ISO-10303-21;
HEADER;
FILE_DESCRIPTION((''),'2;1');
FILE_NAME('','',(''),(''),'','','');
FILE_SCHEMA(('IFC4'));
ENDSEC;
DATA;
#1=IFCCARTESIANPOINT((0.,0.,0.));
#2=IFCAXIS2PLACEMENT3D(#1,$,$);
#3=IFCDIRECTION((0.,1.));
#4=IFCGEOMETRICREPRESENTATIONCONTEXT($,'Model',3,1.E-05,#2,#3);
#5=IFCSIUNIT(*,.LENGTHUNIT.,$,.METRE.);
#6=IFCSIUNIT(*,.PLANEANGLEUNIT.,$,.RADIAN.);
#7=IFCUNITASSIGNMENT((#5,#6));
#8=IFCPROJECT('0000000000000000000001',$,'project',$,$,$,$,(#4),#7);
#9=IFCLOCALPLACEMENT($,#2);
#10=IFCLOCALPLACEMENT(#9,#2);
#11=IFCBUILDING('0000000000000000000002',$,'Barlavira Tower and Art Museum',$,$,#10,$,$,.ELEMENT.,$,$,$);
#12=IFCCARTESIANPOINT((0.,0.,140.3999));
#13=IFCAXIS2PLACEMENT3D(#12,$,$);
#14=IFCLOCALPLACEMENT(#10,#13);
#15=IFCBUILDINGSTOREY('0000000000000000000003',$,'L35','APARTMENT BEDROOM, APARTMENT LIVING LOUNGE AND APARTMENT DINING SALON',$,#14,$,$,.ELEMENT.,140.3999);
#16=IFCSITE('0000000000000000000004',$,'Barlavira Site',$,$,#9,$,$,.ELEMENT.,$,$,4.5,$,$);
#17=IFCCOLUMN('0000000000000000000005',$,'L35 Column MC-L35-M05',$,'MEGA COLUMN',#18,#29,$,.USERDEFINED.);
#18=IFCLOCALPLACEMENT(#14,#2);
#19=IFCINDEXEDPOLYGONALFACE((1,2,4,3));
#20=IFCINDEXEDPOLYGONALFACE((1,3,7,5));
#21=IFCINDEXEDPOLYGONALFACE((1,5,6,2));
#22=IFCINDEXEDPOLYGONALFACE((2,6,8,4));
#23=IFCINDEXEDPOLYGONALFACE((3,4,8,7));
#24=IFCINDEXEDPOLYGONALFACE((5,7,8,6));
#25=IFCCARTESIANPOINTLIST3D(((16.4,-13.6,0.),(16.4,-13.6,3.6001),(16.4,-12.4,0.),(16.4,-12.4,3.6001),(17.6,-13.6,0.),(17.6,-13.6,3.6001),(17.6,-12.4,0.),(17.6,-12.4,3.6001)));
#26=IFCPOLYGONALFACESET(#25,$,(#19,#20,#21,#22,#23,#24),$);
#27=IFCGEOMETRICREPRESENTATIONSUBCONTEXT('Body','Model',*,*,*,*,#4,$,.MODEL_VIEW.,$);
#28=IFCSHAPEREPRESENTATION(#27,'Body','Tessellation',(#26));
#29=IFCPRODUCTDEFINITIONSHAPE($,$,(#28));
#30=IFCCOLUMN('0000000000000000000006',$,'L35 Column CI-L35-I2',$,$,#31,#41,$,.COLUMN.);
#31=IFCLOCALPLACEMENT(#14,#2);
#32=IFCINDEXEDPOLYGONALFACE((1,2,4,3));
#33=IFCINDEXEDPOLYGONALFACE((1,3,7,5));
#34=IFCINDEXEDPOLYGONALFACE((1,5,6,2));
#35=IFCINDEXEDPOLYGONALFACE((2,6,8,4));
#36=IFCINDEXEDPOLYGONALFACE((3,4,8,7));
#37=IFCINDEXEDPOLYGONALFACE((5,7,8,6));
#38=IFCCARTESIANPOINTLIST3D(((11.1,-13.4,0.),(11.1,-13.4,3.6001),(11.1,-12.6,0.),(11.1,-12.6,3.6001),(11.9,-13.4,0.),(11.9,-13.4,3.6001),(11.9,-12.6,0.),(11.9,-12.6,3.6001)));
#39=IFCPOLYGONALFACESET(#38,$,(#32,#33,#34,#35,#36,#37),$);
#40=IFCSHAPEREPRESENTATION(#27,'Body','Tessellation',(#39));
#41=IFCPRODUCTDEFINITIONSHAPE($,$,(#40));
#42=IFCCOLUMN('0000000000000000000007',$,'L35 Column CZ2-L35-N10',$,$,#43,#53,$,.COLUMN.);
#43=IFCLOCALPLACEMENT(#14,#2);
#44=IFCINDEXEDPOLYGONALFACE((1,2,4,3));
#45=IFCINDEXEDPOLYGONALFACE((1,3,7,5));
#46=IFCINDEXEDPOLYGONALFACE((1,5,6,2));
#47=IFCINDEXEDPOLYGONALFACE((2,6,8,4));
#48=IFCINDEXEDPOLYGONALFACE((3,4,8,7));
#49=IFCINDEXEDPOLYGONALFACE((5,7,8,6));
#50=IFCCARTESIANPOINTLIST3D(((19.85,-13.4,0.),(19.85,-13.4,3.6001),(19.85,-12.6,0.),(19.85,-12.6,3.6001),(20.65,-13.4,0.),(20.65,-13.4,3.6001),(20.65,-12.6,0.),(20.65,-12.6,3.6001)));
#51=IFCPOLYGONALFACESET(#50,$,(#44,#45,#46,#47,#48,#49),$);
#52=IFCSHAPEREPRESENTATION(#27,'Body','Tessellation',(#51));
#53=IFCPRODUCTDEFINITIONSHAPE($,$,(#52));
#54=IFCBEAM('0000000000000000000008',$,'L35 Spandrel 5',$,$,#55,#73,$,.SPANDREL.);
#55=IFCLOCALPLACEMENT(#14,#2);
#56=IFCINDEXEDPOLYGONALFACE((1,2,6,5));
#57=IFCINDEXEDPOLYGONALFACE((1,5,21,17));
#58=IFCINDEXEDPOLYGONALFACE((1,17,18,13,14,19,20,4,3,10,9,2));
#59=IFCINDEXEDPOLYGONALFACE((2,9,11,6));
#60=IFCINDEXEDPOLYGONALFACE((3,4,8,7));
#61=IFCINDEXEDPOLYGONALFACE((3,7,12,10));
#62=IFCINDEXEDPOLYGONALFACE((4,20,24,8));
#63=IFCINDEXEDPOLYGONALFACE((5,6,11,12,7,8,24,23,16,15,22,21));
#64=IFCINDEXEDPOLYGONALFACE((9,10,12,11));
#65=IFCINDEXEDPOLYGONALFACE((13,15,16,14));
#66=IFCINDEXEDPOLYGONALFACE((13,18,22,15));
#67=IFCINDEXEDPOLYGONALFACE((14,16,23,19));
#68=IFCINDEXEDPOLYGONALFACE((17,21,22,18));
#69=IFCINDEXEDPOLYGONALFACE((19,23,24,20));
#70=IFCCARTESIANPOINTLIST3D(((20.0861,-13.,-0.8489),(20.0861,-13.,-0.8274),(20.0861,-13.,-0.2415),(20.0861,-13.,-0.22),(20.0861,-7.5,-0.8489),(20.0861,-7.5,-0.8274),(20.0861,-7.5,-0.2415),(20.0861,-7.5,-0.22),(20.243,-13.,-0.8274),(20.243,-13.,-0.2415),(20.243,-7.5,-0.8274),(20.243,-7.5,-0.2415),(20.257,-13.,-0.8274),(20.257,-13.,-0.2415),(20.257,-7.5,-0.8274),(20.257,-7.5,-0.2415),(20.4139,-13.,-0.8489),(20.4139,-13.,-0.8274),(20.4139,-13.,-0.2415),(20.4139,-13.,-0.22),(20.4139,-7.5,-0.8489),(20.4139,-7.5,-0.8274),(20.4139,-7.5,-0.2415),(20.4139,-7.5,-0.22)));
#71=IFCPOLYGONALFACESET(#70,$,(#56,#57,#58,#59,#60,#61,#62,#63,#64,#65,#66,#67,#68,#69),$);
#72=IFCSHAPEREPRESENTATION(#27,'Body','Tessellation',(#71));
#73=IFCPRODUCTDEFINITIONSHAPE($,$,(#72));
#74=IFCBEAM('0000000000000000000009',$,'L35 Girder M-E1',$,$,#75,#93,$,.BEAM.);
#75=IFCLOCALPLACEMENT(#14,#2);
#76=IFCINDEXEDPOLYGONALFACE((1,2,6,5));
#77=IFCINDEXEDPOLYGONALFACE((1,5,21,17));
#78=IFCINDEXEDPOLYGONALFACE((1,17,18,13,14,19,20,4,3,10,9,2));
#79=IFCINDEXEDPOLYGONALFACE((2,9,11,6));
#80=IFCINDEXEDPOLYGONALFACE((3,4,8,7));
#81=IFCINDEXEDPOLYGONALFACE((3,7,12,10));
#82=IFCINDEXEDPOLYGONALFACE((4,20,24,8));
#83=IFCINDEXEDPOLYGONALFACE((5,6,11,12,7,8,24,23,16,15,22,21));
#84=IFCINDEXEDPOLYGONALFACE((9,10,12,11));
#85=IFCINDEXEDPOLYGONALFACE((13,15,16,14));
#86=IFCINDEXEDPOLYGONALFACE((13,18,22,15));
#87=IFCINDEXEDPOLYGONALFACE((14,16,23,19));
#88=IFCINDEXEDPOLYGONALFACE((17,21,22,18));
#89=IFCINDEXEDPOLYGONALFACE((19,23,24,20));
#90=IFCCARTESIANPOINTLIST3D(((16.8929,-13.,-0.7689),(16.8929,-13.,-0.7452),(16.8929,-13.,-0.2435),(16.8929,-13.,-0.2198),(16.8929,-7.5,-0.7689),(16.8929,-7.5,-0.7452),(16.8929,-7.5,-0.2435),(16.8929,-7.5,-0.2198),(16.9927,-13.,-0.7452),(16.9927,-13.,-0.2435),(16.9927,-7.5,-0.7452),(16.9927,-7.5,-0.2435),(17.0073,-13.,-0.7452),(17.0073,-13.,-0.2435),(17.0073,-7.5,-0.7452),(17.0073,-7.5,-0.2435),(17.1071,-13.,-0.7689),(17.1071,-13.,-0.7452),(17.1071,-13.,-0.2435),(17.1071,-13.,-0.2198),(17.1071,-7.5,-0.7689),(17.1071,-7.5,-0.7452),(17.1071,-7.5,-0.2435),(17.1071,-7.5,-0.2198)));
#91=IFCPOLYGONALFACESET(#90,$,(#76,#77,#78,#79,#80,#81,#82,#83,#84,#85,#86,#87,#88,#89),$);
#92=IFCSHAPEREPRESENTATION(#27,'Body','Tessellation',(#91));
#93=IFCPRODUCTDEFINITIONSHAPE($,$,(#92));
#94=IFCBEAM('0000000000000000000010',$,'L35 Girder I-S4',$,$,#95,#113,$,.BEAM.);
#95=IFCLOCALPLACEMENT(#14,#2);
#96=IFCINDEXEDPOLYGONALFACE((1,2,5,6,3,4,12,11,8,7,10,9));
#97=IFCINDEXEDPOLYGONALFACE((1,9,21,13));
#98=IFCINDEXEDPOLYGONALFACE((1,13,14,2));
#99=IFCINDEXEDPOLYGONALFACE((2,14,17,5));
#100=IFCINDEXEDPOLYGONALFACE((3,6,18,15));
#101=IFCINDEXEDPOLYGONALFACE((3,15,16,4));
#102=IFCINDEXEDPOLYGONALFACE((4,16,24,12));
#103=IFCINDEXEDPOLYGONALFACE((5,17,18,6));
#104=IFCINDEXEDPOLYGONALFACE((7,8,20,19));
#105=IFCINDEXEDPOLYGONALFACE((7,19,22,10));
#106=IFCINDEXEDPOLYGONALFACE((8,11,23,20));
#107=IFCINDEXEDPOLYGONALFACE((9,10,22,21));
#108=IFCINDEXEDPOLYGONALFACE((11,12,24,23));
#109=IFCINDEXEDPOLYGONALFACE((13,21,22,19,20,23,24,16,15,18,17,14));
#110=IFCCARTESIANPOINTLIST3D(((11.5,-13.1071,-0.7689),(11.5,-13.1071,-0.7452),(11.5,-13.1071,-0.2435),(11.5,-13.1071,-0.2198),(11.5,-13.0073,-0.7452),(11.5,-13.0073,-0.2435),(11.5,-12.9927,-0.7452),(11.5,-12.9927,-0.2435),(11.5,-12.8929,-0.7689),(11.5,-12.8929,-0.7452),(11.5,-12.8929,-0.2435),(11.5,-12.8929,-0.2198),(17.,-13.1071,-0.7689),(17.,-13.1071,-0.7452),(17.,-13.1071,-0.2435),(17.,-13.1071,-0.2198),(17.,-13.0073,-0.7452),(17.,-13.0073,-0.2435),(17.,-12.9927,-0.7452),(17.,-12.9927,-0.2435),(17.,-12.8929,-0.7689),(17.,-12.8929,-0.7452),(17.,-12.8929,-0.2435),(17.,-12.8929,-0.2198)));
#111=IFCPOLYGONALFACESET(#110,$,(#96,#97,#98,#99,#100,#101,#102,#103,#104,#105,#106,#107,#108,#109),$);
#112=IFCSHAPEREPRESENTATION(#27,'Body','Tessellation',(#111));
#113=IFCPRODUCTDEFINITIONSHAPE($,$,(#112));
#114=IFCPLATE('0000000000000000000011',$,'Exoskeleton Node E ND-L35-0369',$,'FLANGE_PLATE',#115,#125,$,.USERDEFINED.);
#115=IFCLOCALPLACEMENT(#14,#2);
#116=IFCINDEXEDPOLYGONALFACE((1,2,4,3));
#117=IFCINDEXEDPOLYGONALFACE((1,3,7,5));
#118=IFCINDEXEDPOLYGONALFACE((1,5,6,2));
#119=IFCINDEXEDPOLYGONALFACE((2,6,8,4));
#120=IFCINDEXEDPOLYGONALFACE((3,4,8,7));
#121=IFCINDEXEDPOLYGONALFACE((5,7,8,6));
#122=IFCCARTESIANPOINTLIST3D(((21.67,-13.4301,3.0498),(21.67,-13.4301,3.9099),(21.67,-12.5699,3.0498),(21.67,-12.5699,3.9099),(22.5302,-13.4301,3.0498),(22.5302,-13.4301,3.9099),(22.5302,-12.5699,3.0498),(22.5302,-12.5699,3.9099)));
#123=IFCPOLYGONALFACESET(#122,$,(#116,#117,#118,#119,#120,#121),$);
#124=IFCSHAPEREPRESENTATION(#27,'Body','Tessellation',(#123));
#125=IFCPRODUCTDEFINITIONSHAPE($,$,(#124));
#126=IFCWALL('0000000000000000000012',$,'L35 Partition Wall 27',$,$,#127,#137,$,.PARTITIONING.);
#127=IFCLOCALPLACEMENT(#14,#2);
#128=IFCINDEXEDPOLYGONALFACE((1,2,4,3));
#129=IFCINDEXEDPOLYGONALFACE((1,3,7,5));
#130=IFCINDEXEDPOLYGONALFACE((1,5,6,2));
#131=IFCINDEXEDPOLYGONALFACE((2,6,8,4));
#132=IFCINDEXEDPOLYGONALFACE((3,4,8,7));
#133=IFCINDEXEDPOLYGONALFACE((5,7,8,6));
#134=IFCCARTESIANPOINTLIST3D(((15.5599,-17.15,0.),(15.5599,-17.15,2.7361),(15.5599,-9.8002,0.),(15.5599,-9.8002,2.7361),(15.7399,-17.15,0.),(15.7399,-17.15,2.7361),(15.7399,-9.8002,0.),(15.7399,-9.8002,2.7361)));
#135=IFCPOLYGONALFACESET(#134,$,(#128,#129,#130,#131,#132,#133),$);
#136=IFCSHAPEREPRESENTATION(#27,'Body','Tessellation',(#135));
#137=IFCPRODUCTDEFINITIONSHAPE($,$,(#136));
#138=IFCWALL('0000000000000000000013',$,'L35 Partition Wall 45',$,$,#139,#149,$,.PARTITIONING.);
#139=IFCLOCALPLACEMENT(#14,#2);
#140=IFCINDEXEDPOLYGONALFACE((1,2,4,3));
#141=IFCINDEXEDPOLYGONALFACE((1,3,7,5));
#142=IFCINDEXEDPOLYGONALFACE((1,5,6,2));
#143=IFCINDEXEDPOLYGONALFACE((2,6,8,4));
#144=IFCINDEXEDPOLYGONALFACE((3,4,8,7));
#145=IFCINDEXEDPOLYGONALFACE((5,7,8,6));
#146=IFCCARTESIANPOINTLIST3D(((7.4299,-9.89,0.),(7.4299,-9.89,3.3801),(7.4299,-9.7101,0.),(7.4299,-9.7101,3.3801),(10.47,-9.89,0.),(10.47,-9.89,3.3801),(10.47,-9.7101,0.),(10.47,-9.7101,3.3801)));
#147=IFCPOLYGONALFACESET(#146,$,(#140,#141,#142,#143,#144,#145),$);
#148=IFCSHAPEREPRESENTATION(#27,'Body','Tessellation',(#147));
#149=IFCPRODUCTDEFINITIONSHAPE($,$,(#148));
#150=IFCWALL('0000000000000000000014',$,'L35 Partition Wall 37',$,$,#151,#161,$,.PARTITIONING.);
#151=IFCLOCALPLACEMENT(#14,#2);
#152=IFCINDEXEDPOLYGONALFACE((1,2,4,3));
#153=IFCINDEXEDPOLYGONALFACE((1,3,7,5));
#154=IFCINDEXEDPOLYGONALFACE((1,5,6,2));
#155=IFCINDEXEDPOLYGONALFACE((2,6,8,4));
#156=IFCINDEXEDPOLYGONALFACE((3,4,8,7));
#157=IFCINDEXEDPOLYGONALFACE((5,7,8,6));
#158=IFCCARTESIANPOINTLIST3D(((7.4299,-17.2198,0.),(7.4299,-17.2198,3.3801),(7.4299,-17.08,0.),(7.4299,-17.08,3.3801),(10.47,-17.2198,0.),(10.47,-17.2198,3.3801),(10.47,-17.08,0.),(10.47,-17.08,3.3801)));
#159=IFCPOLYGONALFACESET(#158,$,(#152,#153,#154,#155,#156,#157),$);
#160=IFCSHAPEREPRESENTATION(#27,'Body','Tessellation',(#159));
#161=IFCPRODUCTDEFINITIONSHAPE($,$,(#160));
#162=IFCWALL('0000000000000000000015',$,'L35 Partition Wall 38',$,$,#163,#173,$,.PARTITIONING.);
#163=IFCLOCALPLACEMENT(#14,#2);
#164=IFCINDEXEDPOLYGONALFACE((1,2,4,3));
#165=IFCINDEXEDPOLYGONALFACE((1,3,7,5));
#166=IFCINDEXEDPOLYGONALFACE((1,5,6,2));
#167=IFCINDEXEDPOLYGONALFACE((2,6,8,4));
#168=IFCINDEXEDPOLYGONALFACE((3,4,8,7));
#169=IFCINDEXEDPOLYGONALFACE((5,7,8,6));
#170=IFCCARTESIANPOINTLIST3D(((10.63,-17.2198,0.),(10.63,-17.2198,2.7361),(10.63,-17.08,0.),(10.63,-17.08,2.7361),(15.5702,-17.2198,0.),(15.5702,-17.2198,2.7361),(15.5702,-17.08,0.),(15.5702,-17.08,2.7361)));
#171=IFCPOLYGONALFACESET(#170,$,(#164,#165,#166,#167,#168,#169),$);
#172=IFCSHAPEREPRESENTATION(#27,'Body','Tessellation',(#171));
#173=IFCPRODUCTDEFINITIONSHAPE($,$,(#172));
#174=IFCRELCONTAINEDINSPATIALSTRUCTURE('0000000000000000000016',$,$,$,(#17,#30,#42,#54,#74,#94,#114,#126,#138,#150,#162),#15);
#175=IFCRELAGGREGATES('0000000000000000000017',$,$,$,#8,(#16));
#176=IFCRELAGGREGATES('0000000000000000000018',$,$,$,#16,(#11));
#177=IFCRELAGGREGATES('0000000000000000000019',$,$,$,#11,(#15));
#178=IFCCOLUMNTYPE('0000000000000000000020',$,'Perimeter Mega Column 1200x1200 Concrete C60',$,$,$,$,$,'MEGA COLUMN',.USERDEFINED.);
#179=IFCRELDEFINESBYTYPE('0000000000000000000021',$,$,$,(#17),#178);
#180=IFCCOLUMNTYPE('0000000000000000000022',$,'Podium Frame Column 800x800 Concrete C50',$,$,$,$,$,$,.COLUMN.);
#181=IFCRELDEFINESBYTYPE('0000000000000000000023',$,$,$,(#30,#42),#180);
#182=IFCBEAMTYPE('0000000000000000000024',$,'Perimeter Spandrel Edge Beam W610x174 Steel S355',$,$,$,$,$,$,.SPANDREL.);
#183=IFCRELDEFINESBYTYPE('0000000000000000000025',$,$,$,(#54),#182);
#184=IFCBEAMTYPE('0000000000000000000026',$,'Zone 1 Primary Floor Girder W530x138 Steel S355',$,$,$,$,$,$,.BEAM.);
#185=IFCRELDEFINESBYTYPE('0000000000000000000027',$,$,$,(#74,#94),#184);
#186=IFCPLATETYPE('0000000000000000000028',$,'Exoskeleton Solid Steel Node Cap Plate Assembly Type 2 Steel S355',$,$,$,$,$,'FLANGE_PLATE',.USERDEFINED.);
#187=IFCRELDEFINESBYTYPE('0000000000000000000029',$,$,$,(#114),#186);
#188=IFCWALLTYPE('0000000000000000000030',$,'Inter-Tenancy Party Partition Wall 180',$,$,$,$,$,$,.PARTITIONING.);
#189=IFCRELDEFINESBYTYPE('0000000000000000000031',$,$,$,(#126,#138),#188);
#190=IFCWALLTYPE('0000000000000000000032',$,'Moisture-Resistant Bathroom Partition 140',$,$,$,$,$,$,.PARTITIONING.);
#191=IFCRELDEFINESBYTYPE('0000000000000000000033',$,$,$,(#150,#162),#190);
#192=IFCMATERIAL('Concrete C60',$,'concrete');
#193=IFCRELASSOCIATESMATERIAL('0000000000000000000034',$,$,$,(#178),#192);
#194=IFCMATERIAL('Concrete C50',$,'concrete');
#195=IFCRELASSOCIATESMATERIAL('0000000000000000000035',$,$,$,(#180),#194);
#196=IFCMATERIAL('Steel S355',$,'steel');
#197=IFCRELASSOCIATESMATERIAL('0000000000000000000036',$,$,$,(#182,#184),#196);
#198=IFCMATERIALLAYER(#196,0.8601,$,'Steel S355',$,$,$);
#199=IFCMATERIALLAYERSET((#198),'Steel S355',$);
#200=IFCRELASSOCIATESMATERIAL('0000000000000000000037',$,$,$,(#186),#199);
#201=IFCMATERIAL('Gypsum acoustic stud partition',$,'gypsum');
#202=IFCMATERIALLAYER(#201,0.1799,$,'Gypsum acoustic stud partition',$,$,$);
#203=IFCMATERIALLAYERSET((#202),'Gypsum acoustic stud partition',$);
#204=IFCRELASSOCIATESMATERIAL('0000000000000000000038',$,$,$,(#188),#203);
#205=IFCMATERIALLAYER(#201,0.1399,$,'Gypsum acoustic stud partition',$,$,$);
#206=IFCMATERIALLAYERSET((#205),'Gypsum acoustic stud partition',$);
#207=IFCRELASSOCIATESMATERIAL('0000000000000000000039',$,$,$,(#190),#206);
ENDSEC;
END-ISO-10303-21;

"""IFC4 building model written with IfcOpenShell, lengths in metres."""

from ifc_helpers import new_model, si_unit, direction, frame, frame_2d, origin, origin_2d, place, context, subcontext, project, spatial, rectangle, i_section, extrude, material, layer, layer_set, material_profile, profile_set, type_object, element, save


model = new_model("IFC4")

# Units and contexts
model_context = context("Model", 3, precision=1e-05, world=origin(), true_north=direction((0.0, 1.0)))
body_context = subcontext(model_context, "Body", "Model", "MODEL_VIEW")
ifc_project = project(units=[si_unit("LENGTHUNIT", "METRE"), si_unit("PLANEANGLEUNIT", "RADIAN")], contexts=[model_context])

# Site, building, storey
site_placement = place(None, origin())
site = spatial("IfcSite", under=ifc_project, at=site_placement, Name="Barlavira Site", CompositionType="ELEMENT", RefElevation=4.5)
building_placement = place(site_placement, origin())
building = spatial("IfcBuilding", under=site, at=building_placement, Name="Barlavira Tower and Art Museum", CompositionType="ELEMENT")
storey_placement = place(building_placement, frame((0.0, 0.0, 140.3999)))
storey = spatial("IfcBuildingStorey", under=building, at=storey_placement, Name="L35", Description="APARTMENT BEDROOM, APARTMENT LIVING LOUNGE AND APARTMENT DINING SALON", CompositionType="ELEMENT", Elevation=140.3999)

# Columns
ifc_material_1 = material(Name="Concrete C60", Category="concrete")
ifc_material_profile_1 = material_profile(ifc_material_1, rectangle(XDim=1.2, YDim=1.2, at=origin_2d()), Name="RC-COL 1200x1200")
ifc_profile_set_1 = profile_set([ifc_material_profile_1], Name="Concrete C60")
column_type_1 = type_object("IfcColumnType", Name="Perimeter Mega Column 1200x1200 Concrete C60", ElementType="MEGA COLUMN", PredefinedType="USERDEFINED", material=ifc_profile_set_1)
column_placement = place(storey_placement, frame((17.0, -13.0, 0.0), z_axis=(0.0, 0.0, 1.0), x_axis=(1.0, 0.0, 0.0)))
element("IfcColumn", 1, at=column_placement, inside=storey, type_object=column_type_1, Name="L35 Column MC-L35-M05", ObjectType="MEGA COLUMN", PredefinedType="USERDEFINED", context=body_context, shape_type="SweptSolid", body=[
    extrude(rectangle(XDim=1.2, YDim=1.2, at=origin_2d()), origin(), (0.0, 0.0, 1.0), 3.6001),
])
ifc_material_2 = material(Name="Concrete C50", Category="concrete")
ifc_material_profile_2 = material_profile(ifc_material_2, rectangle(XDim=0.8, YDim=0.8, at=origin_2d()), Name="RC-COL 800x800")
ifc_profile_set_2 = profile_set([ifc_material_profile_2], Name="Concrete C50")
column_type_2 = type_object("IfcColumnType", Name="Podium Frame Column 800x800 Concrete C50", PredefinedType="COLUMN", material=ifc_profile_set_2)
for number, where, z_axis, x_axis, name in (
    (2, (11.5, -13.0, 0.0), (0.0, 0.0, 1.0), (1.0, 0.0, 0.0), "L35 Column CI-L35-I2"),
    (3, (20.25, -13.0, 0.0), (0.0, 0.0, 1.0), (1.0, 0.0, 0.0), "L35 Column CZ2-L35-N10"),
):
    element("IfcColumn", number, at=place(storey_placement, frame(where, z_axis=z_axis, x_axis=x_axis)), inside=storey, type_object=column_type_2, Name=name, PredefinedType="COLUMN", context=body_context, shape_type="SweptSolid", body=[
        extrude(rectangle(XDim=0.8, YDim=0.8, at=origin_2d()), origin(), (0.0, 0.0, 1.0), 3.6001),
    ])

# Beams
ifc_material_3 = material(Name="Steel S355", Category="steel")
ifc_material_profile_3 = material_profile(ifc_material_3, i_section(OverallWidth=0.3279, OverallDepth=0.6289, WebThickness=0.0139, FlangeThickness=0.0215, at=origin_2d()), Name="W610x174.0")
ifc_profile_set_3 = profile_set([ifc_material_profile_3], Name="Steel S355")
beam_type_1 = type_object("IfcBeamType", Name="Perimeter Spandrel Edge Beam W610x174 Steel S355", PredefinedType="SPANDREL", material=ifc_profile_set_3)
beam_placement = place(storey_placement, frame((20.25, -13.0, -0.5344), z_axis=(0.0, 1.0, 0.0), x_axis=(-1.0, 0.0, 0.0)))
element("IfcBeam", 4, at=beam_placement, inside=storey, type_object=beam_type_1, Name="L35 Spandrel 5", PredefinedType="SPANDREL", context=body_context, shape_type="SweptSolid", body=[
    extrude(i_section(OverallWidth=0.3279, OverallDepth=0.6289, WebThickness=0.0139, FlangeThickness=0.0215, at=origin_2d()), origin(), (0.0, 0.0, 1.0), 5.5),
])
ifc_material_profile_4 = material_profile(ifc_material_3, i_section(OverallWidth=0.2141, OverallDepth=0.5491, WebThickness=0.0146, FlangeThickness=0.0237, at=origin_2d()), Name="W530x138.0")
ifc_profile_set_4 = profile_set([ifc_material_profile_4], Name="Steel S355")
beam_type_2 = type_object("IfcBeamType", Name="Zone 1 Primary Floor Girder W530x138 Steel S355", PredefinedType="BEAM", material=ifc_profile_set_4)
for number, where, z_axis, x_axis, name in (
    (5, (17.0, -13.0, -0.4944), (0.0, 1.0, 0.0), (-1.0, 0.0, 0.0), "L35 Girder M-E1"),
    (6, (11.5, -13.0, -0.4944), (1.0, 0.0, 0.0), (0.0, 1.0, 0.0), "L35 Girder I-S4"),
):
    element("IfcBeam", number, at=place(storey_placement, frame(where, z_axis=z_axis, x_axis=x_axis)), inside=storey, type_object=beam_type_2, Name=name, PredefinedType="BEAM", context=body_context, shape_type="SweptSolid", body=[
        extrude(i_section(OverallWidth=0.2141, OverallDepth=0.5491, WebThickness=0.0146, FlangeThickness=0.0237, at=origin_2d()), origin(), (0.0, 0.0, 1.0), 5.5),
    ])

# Plate
ifc_layer_1 = layer(ifc_material_3, 0.8601, Name="Steel S355")
ifc_layer_set_1 = layer_set([ifc_layer_1], Name="Steel S355")
plate_type = type_object("IfcPlateType", Name="Exoskeleton Solid Steel Node Cap Plate Assembly Type 2 Steel S355", ElementType="FLANGE_PLATE", PredefinedType="USERDEFINED", material=ifc_layer_set_1)
plate_placement = place(storey_placement, frame((22.1001, -13.0, 3.0498), z_axis=(0.0, 0.0, 1.0), x_axis=(1.0, 0.0, 0.0)))
element("IfcPlate", 7, at=plate_placement, inside=storey, type_object=plate_type, Name="Exoskeleton Node E ND-L35-0369", ObjectType="FLANGE_PLATE", PredefinedType="USERDEFINED", context=body_context, shape_type="SweptSolid", body=[
    extrude(rectangle(XDim=0.8601, YDim=0.8601, at=origin_2d()), origin(), (0.0, 0.0, 1.0), 0.8601),
])

# Walls
ifc_material_4 = material(Name="Gypsum acoustic stud partition", Category="gypsum")
ifc_layer_2 = layer(ifc_material_4, 0.1799, Name="Gypsum acoustic stud partition")
ifc_layer_set_2 = layer_set([ifc_layer_2], Name="Gypsum acoustic stud partition")
wall_type_1 = type_object("IfcWallType", Name="Inter-Tenancy Party Partition Wall 180", PredefinedType="PARTITIONING", material=ifc_layer_set_2)
wall_1_placement = place(storey_placement, frame((15.6499, -17.1499, 0.0), z_axis=(0.0, 0.0, 1.0), x_axis=(0.0, 1.0, 0.0)))
element("IfcWall", 8, at=wall_1_placement, inside=storey, type_object=wall_type_1, Name="L35 Partition Wall 27", PredefinedType="PARTITIONING", context=body_context, shape_type="SweptSolid", body=[
    extrude(rectangle(XDim=7.3499, YDim=0.1799, at=frame_2d((3.6748, 0.0))), origin(), (0.0, 0.0, 1.0), 2.7361),
])
wall_2_placement = place(storey_placement, frame((7.4299, -9.8, 0.0), z_axis=(0.0, 0.0, 1.0), x_axis=(1.0, 0.0, 0.0)))
element("IfcWall", 9, at=wall_2_placement, inside=storey, type_object=wall_type_1, Name="L35 Partition Wall 45", PredefinedType="PARTITIONING", context=body_context, shape_type="SweptSolid", body=[
    extrude(rectangle(XDim=3.04, YDim=0.1799, at=frame_2d((1.52, 0.0))), origin(), (0.0, 0.0, 1.0), 3.3801),
])
ifc_layer_3 = layer(ifc_material_4, 0.1399, Name="Gypsum acoustic stud partition")
ifc_layer_set_3 = layer_set([ifc_layer_3], Name="Gypsum acoustic stud partition")
wall_type_2 = type_object("IfcWallType", Name="Moisture-Resistant Bathroom Partition 140", PredefinedType="PARTITIONING", material=ifc_layer_set_3)
wall_3_placement = place(storey_placement, frame((7.4299, -17.1499, 0.0), z_axis=(0.0, 0.0, 1.0), x_axis=(1.0, 0.0, 0.0)))
element("IfcWall", 10, at=wall_3_placement, inside=storey, type_object=wall_type_2, Name="L35 Partition Wall 37", PredefinedType="PARTITIONING", context=body_context, shape_type="SweptSolid", body=[
    extrude(rectangle(XDim=3.04, YDim=0.1399, at=frame_2d((1.52, 0.0))), origin(), (0.0, 0.0, 1.0), 3.3801),
])
wall_4_placement = place(storey_placement, frame((10.6299, -17.1499, 0.0), z_axis=(0.0, 0.0, 1.0), x_axis=(1.0, 0.0, 0.0)))
element("IfcWall", 11, at=wall_4_placement, inside=storey, type_object=wall_type_2, Name="L35 Partition Wall 38", PredefinedType="PARTITIONING", context=body_context, shape_type="SweptSolid", body=[
    extrude(rectangle(XDim=4.9402, YDim=0.1399, at=frame_2d((2.4702, 0.0))), origin(), (0.0, 0.0, 1.0), 2.7361),
])

save(model, "model.ifc")
